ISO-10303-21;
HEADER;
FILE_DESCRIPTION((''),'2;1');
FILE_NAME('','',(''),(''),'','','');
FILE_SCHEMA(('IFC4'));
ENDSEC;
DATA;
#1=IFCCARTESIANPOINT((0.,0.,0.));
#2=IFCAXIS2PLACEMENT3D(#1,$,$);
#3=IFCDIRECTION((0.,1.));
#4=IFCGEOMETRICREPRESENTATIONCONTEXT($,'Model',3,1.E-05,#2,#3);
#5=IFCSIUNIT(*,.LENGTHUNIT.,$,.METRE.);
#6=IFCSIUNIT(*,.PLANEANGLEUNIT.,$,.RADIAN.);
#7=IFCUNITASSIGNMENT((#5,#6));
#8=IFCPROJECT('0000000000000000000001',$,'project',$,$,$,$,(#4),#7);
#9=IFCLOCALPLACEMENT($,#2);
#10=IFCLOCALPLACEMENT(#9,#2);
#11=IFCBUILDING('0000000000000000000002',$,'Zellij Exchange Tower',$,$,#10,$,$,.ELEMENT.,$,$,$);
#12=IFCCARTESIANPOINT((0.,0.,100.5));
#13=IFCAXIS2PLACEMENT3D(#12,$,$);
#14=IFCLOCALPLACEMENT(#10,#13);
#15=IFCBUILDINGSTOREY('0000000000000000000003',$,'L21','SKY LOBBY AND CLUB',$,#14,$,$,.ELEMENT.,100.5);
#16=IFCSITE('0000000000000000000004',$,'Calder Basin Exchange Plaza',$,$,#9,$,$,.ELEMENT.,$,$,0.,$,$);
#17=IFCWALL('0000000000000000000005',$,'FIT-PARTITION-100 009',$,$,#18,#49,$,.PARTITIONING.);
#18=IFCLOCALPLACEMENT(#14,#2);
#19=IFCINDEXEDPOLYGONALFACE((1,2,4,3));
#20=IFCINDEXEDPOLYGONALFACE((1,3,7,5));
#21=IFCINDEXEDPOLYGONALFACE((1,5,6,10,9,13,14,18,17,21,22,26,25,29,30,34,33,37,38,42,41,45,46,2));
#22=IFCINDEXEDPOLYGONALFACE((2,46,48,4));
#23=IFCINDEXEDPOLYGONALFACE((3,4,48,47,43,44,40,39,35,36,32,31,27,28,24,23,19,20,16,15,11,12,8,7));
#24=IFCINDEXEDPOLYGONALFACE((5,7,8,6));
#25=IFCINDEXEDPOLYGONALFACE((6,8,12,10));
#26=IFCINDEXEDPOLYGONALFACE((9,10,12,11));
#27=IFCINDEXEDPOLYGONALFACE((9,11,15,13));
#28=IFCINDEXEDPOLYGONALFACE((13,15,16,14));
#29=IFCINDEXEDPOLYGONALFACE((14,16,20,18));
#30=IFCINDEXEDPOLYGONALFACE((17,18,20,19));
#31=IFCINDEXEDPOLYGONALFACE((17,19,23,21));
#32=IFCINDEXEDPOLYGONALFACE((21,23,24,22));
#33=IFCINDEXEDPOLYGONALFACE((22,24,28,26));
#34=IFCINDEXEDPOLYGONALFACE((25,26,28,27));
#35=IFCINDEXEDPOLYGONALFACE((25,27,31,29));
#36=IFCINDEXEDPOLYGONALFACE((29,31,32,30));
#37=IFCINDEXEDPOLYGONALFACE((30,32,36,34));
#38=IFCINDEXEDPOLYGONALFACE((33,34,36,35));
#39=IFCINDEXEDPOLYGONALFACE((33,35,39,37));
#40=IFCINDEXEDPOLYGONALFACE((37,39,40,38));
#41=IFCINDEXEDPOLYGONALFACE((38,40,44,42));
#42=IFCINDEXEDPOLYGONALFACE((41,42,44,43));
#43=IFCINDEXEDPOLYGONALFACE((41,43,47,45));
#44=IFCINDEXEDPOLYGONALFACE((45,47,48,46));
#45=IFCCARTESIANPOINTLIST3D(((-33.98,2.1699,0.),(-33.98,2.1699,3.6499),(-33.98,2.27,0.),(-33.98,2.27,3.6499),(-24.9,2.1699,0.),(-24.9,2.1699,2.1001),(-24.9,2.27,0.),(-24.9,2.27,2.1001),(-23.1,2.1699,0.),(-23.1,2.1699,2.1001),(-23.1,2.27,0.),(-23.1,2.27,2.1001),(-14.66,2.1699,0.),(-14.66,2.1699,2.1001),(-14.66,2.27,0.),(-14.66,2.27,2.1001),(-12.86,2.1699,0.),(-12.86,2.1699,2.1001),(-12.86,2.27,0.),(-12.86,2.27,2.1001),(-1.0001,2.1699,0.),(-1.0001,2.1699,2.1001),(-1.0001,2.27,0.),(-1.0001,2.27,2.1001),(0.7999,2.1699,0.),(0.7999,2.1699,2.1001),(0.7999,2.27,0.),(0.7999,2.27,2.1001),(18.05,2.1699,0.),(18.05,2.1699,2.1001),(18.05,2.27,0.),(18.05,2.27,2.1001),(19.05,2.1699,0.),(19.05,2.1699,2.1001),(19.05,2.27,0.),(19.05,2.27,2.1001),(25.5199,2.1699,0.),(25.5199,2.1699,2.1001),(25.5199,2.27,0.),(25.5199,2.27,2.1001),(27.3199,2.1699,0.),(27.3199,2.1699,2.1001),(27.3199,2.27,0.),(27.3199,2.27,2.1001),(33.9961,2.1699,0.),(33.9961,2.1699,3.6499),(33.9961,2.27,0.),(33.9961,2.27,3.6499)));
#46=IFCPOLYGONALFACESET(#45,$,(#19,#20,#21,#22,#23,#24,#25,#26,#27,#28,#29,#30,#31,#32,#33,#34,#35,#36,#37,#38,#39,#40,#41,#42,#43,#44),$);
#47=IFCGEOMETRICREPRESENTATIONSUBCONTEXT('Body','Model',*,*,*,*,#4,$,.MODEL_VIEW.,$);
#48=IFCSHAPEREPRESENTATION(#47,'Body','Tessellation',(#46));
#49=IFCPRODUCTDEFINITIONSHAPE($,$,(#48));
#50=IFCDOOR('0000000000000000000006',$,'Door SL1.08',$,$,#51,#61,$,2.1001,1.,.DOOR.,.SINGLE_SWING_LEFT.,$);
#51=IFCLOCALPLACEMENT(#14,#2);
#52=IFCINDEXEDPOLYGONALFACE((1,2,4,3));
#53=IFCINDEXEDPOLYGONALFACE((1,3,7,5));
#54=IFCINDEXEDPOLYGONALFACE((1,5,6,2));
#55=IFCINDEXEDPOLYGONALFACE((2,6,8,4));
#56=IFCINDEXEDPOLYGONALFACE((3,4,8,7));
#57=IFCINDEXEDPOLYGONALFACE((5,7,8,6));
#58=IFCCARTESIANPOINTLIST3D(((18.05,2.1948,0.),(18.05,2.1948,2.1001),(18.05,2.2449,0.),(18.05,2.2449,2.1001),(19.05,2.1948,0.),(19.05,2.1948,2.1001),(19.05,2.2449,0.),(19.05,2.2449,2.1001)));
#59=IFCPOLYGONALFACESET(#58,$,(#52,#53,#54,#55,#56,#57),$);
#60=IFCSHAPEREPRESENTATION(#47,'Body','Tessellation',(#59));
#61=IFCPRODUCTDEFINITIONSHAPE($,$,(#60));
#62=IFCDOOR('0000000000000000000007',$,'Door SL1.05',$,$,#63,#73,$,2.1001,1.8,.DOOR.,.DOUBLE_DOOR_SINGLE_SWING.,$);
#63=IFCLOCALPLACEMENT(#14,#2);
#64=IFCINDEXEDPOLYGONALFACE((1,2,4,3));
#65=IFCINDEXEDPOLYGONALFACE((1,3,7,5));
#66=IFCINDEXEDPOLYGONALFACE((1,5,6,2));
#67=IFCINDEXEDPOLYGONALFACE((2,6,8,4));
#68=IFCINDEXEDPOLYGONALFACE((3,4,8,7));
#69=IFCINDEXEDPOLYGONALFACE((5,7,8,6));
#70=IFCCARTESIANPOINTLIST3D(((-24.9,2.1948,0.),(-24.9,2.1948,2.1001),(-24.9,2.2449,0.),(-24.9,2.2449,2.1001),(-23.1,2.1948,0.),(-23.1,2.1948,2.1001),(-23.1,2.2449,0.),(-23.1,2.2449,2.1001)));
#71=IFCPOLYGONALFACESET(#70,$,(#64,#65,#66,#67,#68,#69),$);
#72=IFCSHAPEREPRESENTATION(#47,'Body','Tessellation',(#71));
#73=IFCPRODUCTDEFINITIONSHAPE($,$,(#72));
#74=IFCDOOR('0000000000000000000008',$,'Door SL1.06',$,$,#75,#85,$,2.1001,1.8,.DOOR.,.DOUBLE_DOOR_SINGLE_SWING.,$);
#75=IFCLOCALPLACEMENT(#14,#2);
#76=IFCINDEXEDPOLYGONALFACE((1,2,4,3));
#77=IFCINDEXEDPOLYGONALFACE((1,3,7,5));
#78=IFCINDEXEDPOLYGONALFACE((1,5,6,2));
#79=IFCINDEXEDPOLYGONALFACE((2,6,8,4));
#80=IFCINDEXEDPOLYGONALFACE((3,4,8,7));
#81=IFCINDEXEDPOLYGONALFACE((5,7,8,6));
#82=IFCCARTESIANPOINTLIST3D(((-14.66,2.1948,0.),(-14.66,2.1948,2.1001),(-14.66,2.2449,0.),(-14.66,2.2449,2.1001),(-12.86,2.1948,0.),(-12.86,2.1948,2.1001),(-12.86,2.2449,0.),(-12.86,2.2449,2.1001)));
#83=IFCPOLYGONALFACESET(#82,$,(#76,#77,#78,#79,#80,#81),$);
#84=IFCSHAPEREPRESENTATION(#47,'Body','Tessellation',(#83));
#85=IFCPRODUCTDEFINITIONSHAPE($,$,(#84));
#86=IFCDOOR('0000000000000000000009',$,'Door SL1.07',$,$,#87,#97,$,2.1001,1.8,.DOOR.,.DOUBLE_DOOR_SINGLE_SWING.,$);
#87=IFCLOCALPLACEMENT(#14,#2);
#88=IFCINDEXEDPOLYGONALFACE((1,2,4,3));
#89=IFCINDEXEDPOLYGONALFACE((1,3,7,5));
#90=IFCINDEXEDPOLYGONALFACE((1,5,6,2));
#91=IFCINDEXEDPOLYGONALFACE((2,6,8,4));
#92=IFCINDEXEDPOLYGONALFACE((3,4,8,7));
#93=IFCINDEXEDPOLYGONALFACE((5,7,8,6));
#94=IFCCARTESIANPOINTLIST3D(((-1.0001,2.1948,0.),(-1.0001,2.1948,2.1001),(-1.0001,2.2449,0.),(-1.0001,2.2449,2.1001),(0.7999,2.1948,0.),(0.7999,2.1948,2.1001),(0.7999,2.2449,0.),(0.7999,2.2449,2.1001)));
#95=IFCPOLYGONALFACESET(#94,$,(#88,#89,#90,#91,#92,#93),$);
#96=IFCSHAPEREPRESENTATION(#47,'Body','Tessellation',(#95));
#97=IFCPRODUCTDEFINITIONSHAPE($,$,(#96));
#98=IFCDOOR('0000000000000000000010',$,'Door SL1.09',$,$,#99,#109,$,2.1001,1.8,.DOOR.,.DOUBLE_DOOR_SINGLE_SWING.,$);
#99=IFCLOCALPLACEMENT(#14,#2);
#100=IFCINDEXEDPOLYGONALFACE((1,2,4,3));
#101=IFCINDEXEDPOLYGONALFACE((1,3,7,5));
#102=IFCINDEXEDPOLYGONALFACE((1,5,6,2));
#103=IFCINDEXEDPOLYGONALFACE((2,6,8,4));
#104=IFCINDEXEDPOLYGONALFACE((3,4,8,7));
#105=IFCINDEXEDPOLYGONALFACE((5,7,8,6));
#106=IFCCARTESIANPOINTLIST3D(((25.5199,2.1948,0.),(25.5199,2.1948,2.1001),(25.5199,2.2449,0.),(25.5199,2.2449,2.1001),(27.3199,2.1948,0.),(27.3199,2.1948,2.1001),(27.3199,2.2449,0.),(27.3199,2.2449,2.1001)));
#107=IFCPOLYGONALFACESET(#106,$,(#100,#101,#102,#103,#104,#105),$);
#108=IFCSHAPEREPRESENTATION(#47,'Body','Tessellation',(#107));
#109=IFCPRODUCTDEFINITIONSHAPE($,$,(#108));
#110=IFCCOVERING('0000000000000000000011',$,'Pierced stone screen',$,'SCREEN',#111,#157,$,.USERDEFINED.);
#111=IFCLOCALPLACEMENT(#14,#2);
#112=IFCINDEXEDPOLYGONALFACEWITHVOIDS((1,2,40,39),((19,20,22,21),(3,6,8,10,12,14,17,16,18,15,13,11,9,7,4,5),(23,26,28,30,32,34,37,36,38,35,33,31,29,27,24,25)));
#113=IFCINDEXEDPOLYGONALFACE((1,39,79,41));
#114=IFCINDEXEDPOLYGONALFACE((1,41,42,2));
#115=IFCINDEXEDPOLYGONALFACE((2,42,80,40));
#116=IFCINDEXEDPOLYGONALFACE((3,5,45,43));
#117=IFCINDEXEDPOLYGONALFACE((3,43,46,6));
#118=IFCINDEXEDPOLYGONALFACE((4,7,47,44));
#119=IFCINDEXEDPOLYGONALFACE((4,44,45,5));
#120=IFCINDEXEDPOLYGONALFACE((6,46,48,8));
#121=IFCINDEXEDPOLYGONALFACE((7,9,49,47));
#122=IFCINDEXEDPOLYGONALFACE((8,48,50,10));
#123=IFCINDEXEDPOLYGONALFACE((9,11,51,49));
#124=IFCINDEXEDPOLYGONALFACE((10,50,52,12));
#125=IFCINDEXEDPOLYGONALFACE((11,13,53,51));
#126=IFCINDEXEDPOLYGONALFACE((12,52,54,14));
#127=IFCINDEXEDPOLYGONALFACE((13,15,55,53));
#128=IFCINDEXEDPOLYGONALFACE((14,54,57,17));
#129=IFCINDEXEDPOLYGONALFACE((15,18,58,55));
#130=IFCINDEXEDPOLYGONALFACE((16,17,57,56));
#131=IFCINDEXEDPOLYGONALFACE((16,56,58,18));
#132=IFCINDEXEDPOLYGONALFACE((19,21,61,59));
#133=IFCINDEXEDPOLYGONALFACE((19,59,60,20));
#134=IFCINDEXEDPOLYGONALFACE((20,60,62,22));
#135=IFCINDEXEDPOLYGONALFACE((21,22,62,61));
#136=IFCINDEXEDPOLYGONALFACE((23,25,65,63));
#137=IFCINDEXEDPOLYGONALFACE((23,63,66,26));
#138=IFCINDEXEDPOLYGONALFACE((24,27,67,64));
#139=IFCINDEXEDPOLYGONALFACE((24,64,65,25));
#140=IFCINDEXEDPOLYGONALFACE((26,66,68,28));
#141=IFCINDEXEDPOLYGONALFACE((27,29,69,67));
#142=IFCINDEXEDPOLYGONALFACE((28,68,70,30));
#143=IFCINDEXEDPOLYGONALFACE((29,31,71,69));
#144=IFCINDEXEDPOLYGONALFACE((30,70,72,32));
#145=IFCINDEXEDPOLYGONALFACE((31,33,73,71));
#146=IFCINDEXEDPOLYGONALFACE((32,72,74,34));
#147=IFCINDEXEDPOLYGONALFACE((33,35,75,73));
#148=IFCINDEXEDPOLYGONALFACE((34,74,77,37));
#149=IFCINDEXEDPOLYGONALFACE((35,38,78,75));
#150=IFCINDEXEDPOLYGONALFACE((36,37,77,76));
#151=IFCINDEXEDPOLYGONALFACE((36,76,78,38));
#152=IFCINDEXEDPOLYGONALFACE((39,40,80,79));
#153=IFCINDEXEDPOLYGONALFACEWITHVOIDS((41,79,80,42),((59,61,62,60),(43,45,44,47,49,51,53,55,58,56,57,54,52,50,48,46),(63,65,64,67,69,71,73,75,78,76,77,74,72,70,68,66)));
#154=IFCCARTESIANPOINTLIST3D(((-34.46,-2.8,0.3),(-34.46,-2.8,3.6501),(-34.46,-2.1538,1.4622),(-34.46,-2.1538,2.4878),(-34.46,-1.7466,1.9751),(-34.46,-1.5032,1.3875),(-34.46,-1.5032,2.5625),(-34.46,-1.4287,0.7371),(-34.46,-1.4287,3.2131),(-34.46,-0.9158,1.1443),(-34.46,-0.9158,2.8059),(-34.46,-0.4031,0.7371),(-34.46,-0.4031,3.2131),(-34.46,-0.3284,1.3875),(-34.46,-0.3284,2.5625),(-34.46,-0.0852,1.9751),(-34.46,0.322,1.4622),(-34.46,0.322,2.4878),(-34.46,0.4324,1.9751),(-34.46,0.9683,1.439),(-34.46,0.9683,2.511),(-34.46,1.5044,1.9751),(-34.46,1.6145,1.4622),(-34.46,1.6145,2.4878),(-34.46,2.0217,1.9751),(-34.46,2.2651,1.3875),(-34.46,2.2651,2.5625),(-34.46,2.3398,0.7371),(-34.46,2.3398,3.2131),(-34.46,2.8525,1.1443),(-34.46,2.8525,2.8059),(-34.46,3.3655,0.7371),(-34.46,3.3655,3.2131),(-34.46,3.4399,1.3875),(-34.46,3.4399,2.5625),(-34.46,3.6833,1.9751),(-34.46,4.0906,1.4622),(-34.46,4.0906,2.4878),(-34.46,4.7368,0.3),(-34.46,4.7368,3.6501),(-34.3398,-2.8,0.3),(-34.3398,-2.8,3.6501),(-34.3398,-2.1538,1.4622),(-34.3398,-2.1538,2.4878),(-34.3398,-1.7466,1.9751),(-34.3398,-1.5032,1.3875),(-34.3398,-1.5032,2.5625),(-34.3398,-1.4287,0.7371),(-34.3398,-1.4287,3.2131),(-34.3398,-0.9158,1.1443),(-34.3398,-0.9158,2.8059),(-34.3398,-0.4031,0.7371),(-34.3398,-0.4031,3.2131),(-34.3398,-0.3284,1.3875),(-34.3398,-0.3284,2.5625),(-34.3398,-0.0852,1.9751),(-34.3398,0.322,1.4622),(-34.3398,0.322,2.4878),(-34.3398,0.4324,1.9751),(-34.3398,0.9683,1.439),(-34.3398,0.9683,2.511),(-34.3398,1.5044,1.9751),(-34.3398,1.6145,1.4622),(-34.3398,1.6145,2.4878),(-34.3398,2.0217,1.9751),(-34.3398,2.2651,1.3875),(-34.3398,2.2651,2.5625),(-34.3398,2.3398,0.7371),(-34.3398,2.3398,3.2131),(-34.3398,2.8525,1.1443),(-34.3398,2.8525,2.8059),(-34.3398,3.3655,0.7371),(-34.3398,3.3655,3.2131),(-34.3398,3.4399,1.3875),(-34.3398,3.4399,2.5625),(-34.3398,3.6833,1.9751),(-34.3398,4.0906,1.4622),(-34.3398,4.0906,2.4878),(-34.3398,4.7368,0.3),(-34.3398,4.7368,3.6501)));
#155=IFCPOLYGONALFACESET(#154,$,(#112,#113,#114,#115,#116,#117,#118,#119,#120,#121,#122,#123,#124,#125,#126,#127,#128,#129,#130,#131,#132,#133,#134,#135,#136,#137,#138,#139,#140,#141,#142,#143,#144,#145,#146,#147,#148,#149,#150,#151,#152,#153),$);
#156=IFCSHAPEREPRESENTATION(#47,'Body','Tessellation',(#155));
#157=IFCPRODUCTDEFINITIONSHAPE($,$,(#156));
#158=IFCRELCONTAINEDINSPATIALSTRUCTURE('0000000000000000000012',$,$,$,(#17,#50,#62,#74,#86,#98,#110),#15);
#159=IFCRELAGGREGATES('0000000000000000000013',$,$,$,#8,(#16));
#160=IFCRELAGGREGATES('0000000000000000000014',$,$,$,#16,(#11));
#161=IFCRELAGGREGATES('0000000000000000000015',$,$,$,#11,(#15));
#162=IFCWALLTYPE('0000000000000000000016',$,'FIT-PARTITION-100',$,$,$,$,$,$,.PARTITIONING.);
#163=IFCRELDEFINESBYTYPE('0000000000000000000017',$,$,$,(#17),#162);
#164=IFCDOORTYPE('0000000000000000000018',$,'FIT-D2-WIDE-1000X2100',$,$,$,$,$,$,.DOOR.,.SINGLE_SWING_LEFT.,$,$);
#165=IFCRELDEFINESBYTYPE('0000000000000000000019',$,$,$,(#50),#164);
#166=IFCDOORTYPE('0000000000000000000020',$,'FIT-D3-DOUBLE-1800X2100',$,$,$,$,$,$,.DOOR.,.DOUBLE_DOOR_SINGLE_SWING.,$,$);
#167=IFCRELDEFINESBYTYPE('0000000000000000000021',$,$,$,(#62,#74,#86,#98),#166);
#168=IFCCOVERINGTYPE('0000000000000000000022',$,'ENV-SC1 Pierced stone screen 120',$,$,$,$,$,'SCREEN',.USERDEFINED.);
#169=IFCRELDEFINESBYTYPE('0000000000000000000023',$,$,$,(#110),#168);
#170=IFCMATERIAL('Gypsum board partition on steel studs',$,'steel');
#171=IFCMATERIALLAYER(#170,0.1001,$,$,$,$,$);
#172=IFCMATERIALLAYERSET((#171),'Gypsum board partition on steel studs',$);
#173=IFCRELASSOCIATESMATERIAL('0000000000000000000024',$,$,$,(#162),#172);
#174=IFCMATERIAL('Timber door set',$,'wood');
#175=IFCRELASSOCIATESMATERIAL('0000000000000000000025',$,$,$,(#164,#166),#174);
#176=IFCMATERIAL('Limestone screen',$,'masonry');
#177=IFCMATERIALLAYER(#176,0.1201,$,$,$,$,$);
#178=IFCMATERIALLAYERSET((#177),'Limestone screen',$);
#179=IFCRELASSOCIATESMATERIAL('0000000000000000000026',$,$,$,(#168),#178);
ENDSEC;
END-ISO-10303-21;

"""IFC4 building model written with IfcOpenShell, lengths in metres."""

from ifc_helpers import new_model, si_unit, direction, frame, frame_2d, origin, place, context, subcontext, project, spatial, polyline, rectangle, outline, extrude, material, layer, layer_set, type_object, element, fill, save


model = new_model("IFC4")

# Units and contexts
model_context = context("Model", 3, precision=1e-05, world=origin(), true_north=direction((0.0, 1.0)))
body_context = subcontext(model_context, "Body", "Model", "MODEL_VIEW")
ifc_project = project(units=[si_unit("LENGTHUNIT", "METRE"), si_unit("PLANEANGLEUNIT", "RADIAN")], contexts=[model_context])

# Site, building, storey
site_placement = place(None, origin())
site = spatial("IfcSite", under=ifc_project, at=site_placement, Name="Calder Basin Exchange Plaza", CompositionType="ELEMENT", RefElevation=0.0)
building_placement = place(site_placement, origin())
building = spatial("IfcBuilding", under=site, at=building_placement, Name="Zellij Exchange Tower", CompositionType="ELEMENT")
storey_placement = place(building_placement, frame((0.0, 0.0, 100.5)))
storey = spatial("IfcBuildingStorey", under=building, at=storey_placement, Name="L21", Description="SKY LOBBY AND CLUB", CompositionType="ELEMENT", Elevation=100.5)

# Wall, openings, doors
ifc_material_1 = material(Name="Gypsum board partition on steel studs", Category="steel")
ifc_layer_1 = layer(ifc_material_1, 0.1001)
ifc_layer_set_1 = layer_set([ifc_layer_1], Name="Gypsum board partition on steel studs")
wall_type = type_object("IfcWallType", Name="FIT-PARTITION-100", PredefinedType="PARTITIONING", material=ifc_layer_set_1)
wall_placement = place(storey_placement, frame((-33.98, 2.22, 0.0), z_axis=(0.0, 0.0, 1.0), x_axis=(1.0, 0.0, 0.0)))
wall = element("IfcWall", 1, at=wall_placement, inside=storey, type_object=wall_type, Name="FIT-PARTITION-100 009", PredefinedType="PARTITIONING", context=body_context, shape_type="SweptSolid", body=[
    extrude(rectangle(XDim=67.9761, YDim=0.1001, at=frame_2d((33.988, 0.0))), origin(), (0.0, 0.0, 1.0), 3.6499),
])
opening_1_placement = place(wall_placement, frame((9.0801, 0.0, 0.0)))
opening_1 = element("IfcOpeningElement", 2, at=opening_1_placement, cuts=wall, PredefinedType="OPENING", context=body_context, shape_type="SweptSolid", body=[
    extrude(rectangle(XDim=1.8, YDim=2.1001, at=frame_2d((0.8999, 1.05))), frame((0.0, 0.062, 0.0), z_axis=(0.0, -1.0, 0.0), x_axis=(1.0, 0.0, 0.0)), (0.0, 0.0, 1.0), 0.124),
])
opening_2_placement = place(wall_placement, frame((19.3201, 0.0, 0.0)))
opening_2 = element("IfcOpeningElement", 3, at=opening_2_placement, cuts=wall, PredefinedType="OPENING", context=body_context, shape_type="SweptSolid", body=[
    extrude(rectangle(XDim=1.8, YDim=2.1001, at=frame_2d((0.8999, 1.05))), frame((0.0, 0.062, 0.0), z_axis=(0.0, -1.0, 0.0), x_axis=(1.0, 0.0, 0.0)), (0.0, 0.0, 1.0), 0.124),
])
opening_3_placement = place(wall_placement, frame((32.98, 0.0, 0.0)))
opening_3 = element("IfcOpeningElement", 4, at=opening_3_placement, cuts=wall, PredefinedType="OPENING", context=body_context, shape_type="SweptSolid", body=[
    extrude(rectangle(XDim=1.8, YDim=2.1001, at=frame_2d((0.8999, 1.05))), frame((0.0, 0.062, 0.0), z_axis=(0.0, -1.0, 0.0), x_axis=(1.0, 0.0, 0.0)), (0.0, 0.0, 1.0), 0.124),
])
opening_4_placement = place(wall_placement, frame((52.03, 0.0, 0.0)))
opening_4 = element("IfcOpeningElement", 5, at=opening_4_placement, cuts=wall, PredefinedType="OPENING", context=body_context, shape_type="SweptSolid", body=[
    extrude(rectangle(XDim=1.0, YDim=2.1001, at=frame_2d((0.5, 1.05))), frame((0.0, 0.062, 0.0), z_axis=(0.0, -1.0, 0.0), x_axis=(1.0, 0.0, 0.0)), (0.0, 0.0, 1.0), 0.124),
])
opening_5_placement = place(wall_placement, frame((59.5, 0.0, 0.0)))
opening_5 = element("IfcOpeningElement", 6, at=opening_5_placement, cuts=wall, PredefinedType="OPENING", context=body_context, shape_type="SweptSolid", body=[
    extrude(rectangle(XDim=1.8, YDim=2.1001, at=frame_2d((0.8999, 1.05))), frame((0.0, 0.062, 0.0), z_axis=(0.0, -1.0, 0.0), x_axis=(1.0, 0.0, 0.0)), (0.0, 0.0, 1.0), 0.124),
])
ifc_material_2 = material(Name="Timber door set", Category="wood")
door_type_1 = type_object("IfcDoorType", Name="FIT-D2-WIDE-1000X2100", OperationType="SINGLE_SWING_LEFT", PredefinedType="DOOR", material=ifc_material_2)
door_1_placement = place(opening_4_placement, origin())
door_1 = element("IfcDoor", 7, at=door_1_placement, inside=storey, type_object=door_type_1, Name="Door SL1.08", OperationType="SINGLE_SWING_LEFT", OverallHeight=2.1001, OverallWidth=1.0, PredefinedType="DOOR", context=body_context, shape_type="SweptSolid", body=[
    extrude(rectangle(XDim=1.0, YDim=2.1001, at=frame_2d((0.5, 1.05))), frame((0.0, 0.0249, 0.0), z_axis=(0.0, -1.0, 0.0), x_axis=(1.0, 0.0, 0.0)), (0.0, 0.0, 1.0), 0.05),
])
fill(opening_4, door_1)
door_type_2 = type_object("IfcDoorType", Name="FIT-D3-DOUBLE-1800X2100", OperationType="DOUBLE_DOOR_SINGLE_SWING", PredefinedType="DOOR", material=ifc_material_2)
door_2_placement = place(opening_1_placement, origin())
door_2 = element("IfcDoor", 8, at=door_2_placement, inside=storey, type_object=door_type_2, Name="Door SL1.05", OperationType="DOUBLE_DOOR_SINGLE_SWING", OverallHeight=2.1001, OverallWidth=1.8, PredefinedType="DOOR", context=body_context, shape_type="SweptSolid", body=[
    extrude(rectangle(XDim=1.8, YDim=2.1001, at=frame_2d((0.8999, 1.05))), frame((0.0, 0.0249, 0.0), z_axis=(0.0, -1.0, 0.0), x_axis=(1.0, 0.0, 0.0)), (0.0, 0.0, 1.0), 0.05),
])
fill(opening_1, door_2)
door_3_placement = place(opening_2_placement, origin())
door_3 = element("IfcDoor", 9, at=door_3_placement, inside=storey, type_object=door_type_2, Name="Door SL1.06", OperationType="DOUBLE_DOOR_SINGLE_SWING", OverallHeight=2.1001, OverallWidth=1.8, PredefinedType="DOOR", context=body_context, shape_type="SweptSolid", body=[
    extrude(rectangle(XDim=1.8, YDim=2.1001, at=frame_2d((0.8999, 1.05))), frame((0.0, 0.0249, 0.0), z_axis=(0.0, -1.0, 0.0), x_axis=(1.0, 0.0, 0.0)), (0.0, 0.0, 1.0), 0.05),
])
fill(opening_2, door_3)
door_4_placement = place(opening_3_placement, origin())
door_4 = element("IfcDoor", 10, at=door_4_placement, inside=storey, type_object=door_type_2, Name="Door SL1.07", OperationType="DOUBLE_DOOR_SINGLE_SWING", OverallHeight=2.1001, OverallWidth=1.8, PredefinedType="DOOR", context=body_context, shape_type="SweptSolid", body=[
    extrude(rectangle(XDim=1.8, YDim=2.1001, at=frame_2d((0.8999, 1.05))), frame((0.0, 0.0249, 0.0), z_axis=(0.0, -1.0, 0.0), x_axis=(1.0, 0.0, 0.0)), (0.0, 0.0, 1.0), 0.05),
])
fill(opening_3, door_4)
door_5_placement = place(opening_5_placement, origin())
door_5 = element("IfcDoor", 11, at=door_5_placement, inside=storey, type_object=door_type_2, Name="Door SL1.09", OperationType="DOUBLE_DOOR_SINGLE_SWING", OverallHeight=2.1001, OverallWidth=1.8, PredefinedType="DOOR", context=body_context, shape_type="SweptSolid", body=[
    extrude(rectangle(XDim=1.8, YDim=2.1001, at=frame_2d((0.8999, 1.05))), frame((0.0, 0.0249, 0.0), z_axis=(0.0, -1.0, 0.0), x_axis=(1.0, 0.0, 0.0)), (0.0, 0.0, 1.0), 0.05),
])
fill(opening_5, door_5)

# Covering
ifc_material_3 = material(Name="Limestone screen", Category="masonry")
ifc_layer_2 = layer(ifc_material_3, 0.1201)
ifc_layer_set_2 = layer_set([ifc_layer_2], Name="Limestone screen")
covering_type = type_object("IfcCoveringType", Name="ENV-SC1 Pierced stone screen 120", ElementType="SCREEN", PredefinedType="USERDEFINED", material=ifc_layer_set_2)
covering_placement = place(storey_placement, frame((-34.3999, 4.7368, 0.3), z_axis=(0.0, 0.0, 1.0), x_axis=(0.0, -1.0, 0.0)))
element("IfcCovering", 12, at=covering_placement, inside=storey, type_object=covering_type, Name="Pierced stone screen", ObjectType="SCREEN", PredefinedType="USERDEFINED", context=body_context, shape_type="SweptSolid", body=[
    extrude(outline(polyline([(0.0, 0.0), (7.5369, 0.0), (7.5369, 3.3501), (0.0, 3.3501), (0.0, 0.0)]), holes=[polyline([(3.1223, 2.1877), (2.4717, 2.2625), (2.397, 2.9131), (1.8843, 2.5059), (1.3713, 2.9131), (1.2969, 2.2625), (0.6462, 2.1877), (1.0535, 1.675), (0.6462, 1.1621), (1.2969, 1.0874), (1.3713, 0.437), (1.8843, 0.8442), (2.397, 0.437), (2.4717, 1.0874), (3.1223, 1.1621), (2.7151, 1.675), (3.1223, 2.1877)]), polyline([(6.8906, 2.1877), (6.24, 2.2625), (6.1655, 2.9131), (5.6526, 2.5059), (5.1399, 2.9131), (5.0652, 2.2625), (4.4148, 2.1877), (4.822, 1.675), (4.4148, 1.1621), (5.0652, 1.0874), (5.1399, 0.437), (5.6526, 0.8442), (6.1655, 0.437), (6.24, 1.0874), (6.8906, 1.1621), (6.4834, 1.675), (6.8906, 2.1877)]), polyline([(4.3044, 1.675), (3.7686, 2.2109), (3.2324, 1.675), (3.7686, 1.1389), (4.3044, 1.675)])]), frame((0.0, 0.0601, 0.0), z_axis=(0.0, -1.0, 0.0), x_axis=(1.0, 0.0, 0.0)), (0.0, 0.0, 1.0), 0.1201),
])

save(model, "model.ifc")
